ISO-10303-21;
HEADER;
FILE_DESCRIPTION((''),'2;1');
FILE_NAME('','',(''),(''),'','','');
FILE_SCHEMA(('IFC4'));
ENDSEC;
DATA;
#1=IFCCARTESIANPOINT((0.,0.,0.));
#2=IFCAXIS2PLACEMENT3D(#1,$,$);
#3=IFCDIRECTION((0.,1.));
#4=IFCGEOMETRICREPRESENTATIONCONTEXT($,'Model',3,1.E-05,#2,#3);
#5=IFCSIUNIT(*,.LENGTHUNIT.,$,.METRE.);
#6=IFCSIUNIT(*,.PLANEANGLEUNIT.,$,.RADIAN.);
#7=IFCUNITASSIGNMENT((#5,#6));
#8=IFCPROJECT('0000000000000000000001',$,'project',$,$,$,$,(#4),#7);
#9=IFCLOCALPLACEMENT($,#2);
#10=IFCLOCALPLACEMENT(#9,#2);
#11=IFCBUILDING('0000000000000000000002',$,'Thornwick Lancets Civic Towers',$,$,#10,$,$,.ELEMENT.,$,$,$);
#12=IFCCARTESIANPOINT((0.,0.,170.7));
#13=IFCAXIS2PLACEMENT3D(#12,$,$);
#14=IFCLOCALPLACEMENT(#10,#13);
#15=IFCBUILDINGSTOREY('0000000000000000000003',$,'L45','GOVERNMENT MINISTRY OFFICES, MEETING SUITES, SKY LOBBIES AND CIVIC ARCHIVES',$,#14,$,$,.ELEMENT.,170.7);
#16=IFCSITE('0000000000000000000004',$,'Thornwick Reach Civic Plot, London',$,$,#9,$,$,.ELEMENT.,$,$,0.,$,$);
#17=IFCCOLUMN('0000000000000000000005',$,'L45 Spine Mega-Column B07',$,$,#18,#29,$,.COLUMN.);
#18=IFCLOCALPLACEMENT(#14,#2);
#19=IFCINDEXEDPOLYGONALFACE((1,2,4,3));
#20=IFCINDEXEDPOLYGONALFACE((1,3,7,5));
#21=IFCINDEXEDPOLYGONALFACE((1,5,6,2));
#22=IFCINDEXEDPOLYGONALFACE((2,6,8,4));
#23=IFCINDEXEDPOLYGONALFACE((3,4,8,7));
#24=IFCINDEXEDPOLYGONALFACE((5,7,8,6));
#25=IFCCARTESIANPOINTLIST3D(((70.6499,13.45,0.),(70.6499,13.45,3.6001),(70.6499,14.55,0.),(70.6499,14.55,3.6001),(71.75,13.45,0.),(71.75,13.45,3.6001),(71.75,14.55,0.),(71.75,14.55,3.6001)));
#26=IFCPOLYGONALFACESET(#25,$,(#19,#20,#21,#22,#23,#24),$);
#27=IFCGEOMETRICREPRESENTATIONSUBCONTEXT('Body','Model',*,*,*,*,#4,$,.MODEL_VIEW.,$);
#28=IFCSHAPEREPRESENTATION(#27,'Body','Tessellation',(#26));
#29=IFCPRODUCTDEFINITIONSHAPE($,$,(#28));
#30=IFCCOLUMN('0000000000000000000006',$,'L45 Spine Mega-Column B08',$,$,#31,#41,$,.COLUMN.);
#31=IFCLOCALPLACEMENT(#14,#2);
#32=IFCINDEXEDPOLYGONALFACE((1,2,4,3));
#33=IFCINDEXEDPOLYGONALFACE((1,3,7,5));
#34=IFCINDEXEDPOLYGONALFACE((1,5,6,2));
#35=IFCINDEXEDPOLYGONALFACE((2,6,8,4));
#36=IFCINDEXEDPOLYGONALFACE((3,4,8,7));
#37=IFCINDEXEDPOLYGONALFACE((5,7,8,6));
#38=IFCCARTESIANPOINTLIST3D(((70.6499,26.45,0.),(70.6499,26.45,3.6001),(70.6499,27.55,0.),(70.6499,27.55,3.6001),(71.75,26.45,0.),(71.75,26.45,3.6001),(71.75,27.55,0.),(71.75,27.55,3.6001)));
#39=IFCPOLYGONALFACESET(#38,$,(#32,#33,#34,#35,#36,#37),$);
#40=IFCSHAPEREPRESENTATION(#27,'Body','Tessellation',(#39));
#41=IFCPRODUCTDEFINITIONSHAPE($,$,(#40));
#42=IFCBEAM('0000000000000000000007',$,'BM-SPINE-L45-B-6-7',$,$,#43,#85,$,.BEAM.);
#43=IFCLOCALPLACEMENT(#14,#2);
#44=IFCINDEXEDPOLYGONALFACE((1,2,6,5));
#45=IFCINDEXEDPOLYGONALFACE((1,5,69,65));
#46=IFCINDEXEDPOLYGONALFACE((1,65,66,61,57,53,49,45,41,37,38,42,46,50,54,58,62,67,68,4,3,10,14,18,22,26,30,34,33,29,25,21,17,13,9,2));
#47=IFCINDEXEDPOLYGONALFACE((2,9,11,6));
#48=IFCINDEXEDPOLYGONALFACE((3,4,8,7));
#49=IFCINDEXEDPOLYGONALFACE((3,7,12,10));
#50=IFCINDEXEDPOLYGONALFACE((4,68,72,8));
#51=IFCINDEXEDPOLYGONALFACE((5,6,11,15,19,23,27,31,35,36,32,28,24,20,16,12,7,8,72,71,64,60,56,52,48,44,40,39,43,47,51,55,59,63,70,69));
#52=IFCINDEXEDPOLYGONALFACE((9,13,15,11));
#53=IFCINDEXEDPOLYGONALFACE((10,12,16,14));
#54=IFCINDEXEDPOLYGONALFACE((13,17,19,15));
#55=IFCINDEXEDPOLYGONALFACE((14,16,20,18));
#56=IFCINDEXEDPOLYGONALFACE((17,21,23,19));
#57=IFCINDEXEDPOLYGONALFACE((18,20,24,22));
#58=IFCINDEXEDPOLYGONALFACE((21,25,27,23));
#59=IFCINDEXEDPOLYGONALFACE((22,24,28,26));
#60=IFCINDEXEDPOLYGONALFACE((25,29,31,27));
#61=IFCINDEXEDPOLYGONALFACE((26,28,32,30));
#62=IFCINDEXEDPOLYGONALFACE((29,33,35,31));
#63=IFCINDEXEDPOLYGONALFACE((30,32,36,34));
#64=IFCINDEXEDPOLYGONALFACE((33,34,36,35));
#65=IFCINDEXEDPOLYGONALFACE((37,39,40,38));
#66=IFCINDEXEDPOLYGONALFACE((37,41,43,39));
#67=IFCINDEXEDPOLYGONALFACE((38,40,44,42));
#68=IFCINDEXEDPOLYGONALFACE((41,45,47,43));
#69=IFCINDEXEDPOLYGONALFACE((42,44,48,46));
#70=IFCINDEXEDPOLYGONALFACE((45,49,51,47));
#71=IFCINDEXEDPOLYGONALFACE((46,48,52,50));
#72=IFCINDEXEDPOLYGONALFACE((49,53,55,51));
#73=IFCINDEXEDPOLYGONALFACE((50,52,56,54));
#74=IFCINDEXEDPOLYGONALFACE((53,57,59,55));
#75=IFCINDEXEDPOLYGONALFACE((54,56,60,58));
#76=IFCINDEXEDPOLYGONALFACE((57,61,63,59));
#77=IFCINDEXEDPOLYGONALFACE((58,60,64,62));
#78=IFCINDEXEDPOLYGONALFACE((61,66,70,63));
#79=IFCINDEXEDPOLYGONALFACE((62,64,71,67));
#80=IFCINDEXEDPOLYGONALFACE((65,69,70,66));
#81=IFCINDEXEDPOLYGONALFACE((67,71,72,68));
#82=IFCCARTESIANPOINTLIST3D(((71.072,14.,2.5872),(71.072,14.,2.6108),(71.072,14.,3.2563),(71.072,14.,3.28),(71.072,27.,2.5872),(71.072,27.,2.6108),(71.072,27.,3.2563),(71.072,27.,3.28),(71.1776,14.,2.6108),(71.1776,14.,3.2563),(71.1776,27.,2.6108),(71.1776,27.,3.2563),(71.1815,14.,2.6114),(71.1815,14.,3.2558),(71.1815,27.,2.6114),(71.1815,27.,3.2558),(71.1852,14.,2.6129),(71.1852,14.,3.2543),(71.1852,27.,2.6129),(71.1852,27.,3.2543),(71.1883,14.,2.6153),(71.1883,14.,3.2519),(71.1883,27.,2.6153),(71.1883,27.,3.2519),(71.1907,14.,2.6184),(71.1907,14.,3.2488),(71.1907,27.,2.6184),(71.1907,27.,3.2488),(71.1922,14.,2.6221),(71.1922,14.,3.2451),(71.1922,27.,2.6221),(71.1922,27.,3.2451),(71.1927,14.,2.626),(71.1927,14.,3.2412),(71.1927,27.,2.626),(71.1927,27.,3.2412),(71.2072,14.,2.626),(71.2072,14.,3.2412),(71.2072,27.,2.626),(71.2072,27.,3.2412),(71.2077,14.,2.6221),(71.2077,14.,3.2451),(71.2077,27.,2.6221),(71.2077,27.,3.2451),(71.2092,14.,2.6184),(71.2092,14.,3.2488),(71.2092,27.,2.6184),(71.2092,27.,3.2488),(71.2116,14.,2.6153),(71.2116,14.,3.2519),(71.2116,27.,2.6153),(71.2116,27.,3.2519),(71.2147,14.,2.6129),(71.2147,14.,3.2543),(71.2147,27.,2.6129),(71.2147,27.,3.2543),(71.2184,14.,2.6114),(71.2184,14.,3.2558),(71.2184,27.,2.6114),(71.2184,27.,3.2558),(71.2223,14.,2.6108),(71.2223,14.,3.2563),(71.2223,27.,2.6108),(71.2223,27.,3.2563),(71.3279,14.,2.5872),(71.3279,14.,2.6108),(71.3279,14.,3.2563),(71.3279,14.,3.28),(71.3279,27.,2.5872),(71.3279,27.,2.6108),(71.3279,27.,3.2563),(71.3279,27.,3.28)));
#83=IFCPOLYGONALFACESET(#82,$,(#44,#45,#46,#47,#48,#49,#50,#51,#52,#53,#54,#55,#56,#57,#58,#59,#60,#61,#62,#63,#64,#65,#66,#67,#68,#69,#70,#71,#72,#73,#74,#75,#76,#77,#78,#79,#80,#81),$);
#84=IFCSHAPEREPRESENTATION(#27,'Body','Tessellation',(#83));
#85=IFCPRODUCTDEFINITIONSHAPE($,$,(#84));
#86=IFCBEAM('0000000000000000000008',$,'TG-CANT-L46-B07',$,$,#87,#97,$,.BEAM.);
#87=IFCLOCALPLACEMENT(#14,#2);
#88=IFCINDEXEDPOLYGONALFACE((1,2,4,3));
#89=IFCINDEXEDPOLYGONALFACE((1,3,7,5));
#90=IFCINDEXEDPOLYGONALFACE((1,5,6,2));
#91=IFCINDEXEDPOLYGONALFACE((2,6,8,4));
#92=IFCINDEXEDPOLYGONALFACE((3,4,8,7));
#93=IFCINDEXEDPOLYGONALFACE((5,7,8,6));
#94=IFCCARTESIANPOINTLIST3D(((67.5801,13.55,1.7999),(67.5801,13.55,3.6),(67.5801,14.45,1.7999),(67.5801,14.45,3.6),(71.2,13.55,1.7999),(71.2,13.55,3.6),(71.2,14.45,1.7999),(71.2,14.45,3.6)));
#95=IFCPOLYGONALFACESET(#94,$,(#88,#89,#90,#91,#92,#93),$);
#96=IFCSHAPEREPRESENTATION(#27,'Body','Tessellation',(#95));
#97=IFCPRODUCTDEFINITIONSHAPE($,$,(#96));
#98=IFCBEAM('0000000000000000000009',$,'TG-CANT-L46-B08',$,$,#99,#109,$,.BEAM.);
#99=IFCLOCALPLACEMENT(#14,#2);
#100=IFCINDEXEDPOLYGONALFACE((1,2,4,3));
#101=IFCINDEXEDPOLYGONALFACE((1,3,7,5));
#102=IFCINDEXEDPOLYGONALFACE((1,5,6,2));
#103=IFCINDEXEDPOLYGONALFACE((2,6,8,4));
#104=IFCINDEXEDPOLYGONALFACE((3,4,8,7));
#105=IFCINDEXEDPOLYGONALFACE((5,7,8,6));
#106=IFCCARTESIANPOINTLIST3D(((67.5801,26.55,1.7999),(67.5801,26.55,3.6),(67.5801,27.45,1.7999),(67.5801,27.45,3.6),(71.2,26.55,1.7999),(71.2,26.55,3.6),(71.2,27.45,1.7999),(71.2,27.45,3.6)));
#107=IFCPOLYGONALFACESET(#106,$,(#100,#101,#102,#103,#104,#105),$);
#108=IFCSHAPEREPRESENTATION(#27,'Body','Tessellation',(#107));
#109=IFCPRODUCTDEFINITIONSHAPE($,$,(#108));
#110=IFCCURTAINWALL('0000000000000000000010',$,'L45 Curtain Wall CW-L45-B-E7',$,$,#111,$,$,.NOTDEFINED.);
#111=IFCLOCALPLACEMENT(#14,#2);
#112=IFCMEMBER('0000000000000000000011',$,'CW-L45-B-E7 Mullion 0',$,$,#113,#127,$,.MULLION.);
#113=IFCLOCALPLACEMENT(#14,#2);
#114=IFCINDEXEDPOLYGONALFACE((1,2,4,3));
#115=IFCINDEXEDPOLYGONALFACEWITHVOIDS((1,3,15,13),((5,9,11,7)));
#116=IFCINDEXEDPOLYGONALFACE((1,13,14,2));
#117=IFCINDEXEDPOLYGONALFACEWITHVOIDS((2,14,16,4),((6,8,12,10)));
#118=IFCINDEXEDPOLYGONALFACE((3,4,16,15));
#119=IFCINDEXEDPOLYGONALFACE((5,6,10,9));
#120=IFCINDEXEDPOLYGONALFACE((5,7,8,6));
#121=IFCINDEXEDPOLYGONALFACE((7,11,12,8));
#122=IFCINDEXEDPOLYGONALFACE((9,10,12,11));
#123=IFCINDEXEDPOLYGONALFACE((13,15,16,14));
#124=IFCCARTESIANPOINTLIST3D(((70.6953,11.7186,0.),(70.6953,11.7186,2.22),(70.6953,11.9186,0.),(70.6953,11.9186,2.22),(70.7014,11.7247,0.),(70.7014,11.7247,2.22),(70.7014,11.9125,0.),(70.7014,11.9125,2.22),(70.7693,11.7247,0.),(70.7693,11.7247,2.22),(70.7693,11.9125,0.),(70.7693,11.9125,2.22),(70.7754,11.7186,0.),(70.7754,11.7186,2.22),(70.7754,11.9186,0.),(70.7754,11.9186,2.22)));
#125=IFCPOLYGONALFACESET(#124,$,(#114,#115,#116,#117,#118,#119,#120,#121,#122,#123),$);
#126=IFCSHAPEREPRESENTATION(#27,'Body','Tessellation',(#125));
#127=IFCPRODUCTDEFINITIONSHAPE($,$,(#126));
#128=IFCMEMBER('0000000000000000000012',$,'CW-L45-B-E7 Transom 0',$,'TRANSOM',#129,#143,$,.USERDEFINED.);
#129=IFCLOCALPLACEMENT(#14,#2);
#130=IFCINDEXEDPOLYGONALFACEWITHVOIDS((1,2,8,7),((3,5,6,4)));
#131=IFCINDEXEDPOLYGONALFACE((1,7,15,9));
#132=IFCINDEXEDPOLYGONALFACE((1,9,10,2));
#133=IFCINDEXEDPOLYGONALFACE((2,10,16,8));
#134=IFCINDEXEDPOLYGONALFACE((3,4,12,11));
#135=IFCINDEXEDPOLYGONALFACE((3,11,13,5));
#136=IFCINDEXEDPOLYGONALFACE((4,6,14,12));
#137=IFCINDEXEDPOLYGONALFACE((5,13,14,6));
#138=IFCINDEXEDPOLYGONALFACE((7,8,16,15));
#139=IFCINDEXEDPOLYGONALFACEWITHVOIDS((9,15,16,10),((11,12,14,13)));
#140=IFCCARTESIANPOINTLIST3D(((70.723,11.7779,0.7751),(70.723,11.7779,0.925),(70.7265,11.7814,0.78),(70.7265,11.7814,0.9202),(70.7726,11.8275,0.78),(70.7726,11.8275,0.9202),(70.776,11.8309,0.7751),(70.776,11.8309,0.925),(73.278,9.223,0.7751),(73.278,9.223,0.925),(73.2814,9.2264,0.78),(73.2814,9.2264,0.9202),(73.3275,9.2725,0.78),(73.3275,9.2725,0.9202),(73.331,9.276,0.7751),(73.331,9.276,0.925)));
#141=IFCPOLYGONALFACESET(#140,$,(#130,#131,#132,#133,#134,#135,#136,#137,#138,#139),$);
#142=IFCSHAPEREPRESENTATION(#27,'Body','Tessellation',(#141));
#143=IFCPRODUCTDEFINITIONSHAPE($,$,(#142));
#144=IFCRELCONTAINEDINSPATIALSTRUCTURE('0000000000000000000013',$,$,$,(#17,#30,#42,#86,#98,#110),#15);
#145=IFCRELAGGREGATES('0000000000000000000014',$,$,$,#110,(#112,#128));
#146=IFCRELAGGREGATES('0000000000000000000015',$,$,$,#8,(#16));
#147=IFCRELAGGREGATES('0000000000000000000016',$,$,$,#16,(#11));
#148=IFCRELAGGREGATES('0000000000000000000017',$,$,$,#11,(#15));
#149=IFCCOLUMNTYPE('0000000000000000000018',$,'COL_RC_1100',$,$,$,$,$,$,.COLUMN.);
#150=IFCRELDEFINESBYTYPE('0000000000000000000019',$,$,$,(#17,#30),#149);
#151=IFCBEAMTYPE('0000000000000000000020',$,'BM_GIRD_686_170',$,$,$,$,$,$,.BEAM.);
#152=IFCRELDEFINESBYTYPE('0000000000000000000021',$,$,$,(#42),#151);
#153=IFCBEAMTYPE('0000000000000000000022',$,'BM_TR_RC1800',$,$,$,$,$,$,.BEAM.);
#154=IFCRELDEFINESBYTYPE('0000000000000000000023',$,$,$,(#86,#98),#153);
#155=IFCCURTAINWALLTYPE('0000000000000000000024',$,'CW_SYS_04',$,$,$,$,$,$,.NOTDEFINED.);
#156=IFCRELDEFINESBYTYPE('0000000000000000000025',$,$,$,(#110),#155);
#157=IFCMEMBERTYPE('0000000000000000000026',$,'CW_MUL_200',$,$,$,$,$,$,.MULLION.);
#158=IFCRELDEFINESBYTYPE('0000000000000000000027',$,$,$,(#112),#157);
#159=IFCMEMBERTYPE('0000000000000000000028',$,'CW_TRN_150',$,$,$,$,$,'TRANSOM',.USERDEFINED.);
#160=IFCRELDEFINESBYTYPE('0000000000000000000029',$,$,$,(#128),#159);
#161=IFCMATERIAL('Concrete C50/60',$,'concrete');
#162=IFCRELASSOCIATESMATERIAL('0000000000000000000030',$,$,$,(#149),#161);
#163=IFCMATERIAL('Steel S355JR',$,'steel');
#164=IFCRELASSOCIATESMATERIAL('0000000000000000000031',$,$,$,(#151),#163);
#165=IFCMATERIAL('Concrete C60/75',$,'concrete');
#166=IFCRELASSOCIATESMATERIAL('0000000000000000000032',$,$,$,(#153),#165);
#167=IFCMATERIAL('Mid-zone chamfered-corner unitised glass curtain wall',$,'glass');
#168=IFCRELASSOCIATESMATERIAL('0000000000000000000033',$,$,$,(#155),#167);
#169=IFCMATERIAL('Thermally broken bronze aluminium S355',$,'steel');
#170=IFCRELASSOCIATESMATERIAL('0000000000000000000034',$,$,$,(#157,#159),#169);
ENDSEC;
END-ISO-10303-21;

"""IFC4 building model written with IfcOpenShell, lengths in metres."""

from ifc_helpers import new_model, si_unit, direction, frame, origin, origin_2d, place, context, subcontext, project, spatial, rectangle, hollow_rectangle, i_section, extrude, material, material_profile, profile_set, type_object, element, aggregate, save


model = new_model("IFC4")

# Units and contexts
model_context = context("Model", 3, precision=1e-05, world=origin(), true_north=direction((0.0, 1.0)))
body_context = subcontext(model_context, "Body", "Model", "MODEL_VIEW")
ifc_project = project(units=[si_unit("LENGTHUNIT", "METRE"), si_unit("PLANEANGLEUNIT", "RADIAN")], contexts=[model_context])

# Site, building, storey
site_placement = place(None, origin())
site = spatial("IfcSite", under=ifc_project, at=site_placement, Name="Thornwick Reach Civic Plot, London", CompositionType="ELEMENT", RefElevation=0.0)
building_placement = place(site_placement, origin())
building = spatial("IfcBuilding", under=site, at=building_placement, Name="Thornwick Lancets Civic Towers", CompositionType="ELEMENT")
storey_placement = place(building_placement, frame((0.0, 0.0, 170.7)))
storey = spatial("IfcBuildingStorey", under=building, at=storey_placement, Name="L45", Description="GOVERNMENT MINISTRY OFFICES, MEETING SUITES, SKY LOBBIES AND CIVIC ARCHIVES", CompositionType="ELEMENT", Elevation=170.7)

# Columns
ifc_material_1 = material(Name="Concrete C50/60", Category="concrete")
ifc_material_profile_1 = material_profile(ifc_material_1, rectangle(XDim=1.1001, YDim=1.1001, at=origin_2d()), Name="RC 1100x1100")
ifc_profile_set_1 = profile_set([ifc_material_profile_1], Name="Concrete C50/60")
column_type = type_object("IfcColumnType", Name="COL_RC_1100", PredefinedType="COLUMN", material=ifc_profile_set_1)
for number, where, z_axis, x_axis, name in (
    (1, (71.2, 14.0, 0.0), (0.0, 0.0, 1.0), (1.0, 0.0, 0.0), "L45 Spine Mega-Column B07"),
    (2, (71.2, 27.0, 0.0), (0.0, 0.0, 1.0), (1.0, 0.0, 0.0), "L45 Spine Mega-Column B08"),
):
    element("IfcColumn", number, at=place(storey_placement, frame(where, z_axis=z_axis, x_axis=x_axis)), inside=storey, type_object=column_type, Name=name, PredefinedType="COLUMN", context=body_context, shape_type="SweptSolid", body=[
        extrude(rectangle(XDim=1.1001, YDim=1.1001, at=origin_2d()), origin(), (0.0, 0.0, 1.0), 3.6001),
    ])

# Beams
ifc_material_2 = material(Name="Steel S355JR", Category="steel")
ifc_material_profile_2 = material_profile(ifc_material_2, i_section(OverallWidth=0.2559, OverallDepth=0.6929, WebThickness=0.0144, FlangeThickness=0.0237, FilletRadius=0.0151, at=origin_2d()), Name="UKB 686x254x170")
ifc_profile_set_2 = profile_set([ifc_material_profile_2], Name="Steel S355JR")
beam_type_1 = type_object("IfcBeamType", Name="BM_GIRD_686_170", PredefinedType="BEAM", material=ifc_profile_set_2)
beam_placement = place(storey_placement, frame((71.2, 14.0, 2.9336), z_axis=(0.0, 1.0, 0.0), x_axis=(-1.0, 0.0, 0.0)))
element("IfcBeam", 3, at=beam_placement, inside=storey, type_object=beam_type_1, Name="BM-SPINE-L45-B-6-7", PredefinedType="BEAM", context=body_context, shape_type="SweptSolid", body=[
    extrude(i_section(OverallWidth=0.2559, OverallDepth=0.6929, WebThickness=0.0144, FlangeThickness=0.0237, FilletRadius=0.0151, at=origin_2d()), origin(), (0.0, 0.0, 1.0), 13.0),
])
ifc_material_3 = material(Name="Concrete C60/75", Category="concrete")
ifc_material_profile_3 = material_profile(ifc_material_3, rectangle(XDim=0.8999, YDim=1.8, at=origin_2d()), Name="RC 900x1800")
ifc_profile_set_3 = profile_set([ifc_material_profile_3], Name="Concrete C60/75")
beam_type_2 = type_object("IfcBeamType", Name="BM_TR_RC1800", PredefinedType="BEAM", material=ifc_profile_set_3)
for number, where, z_axis, x_axis, name in (
    (4, (71.2, 14.0, 2.7), (-1.0, 0.0, 0.0), (0.0, -1.0, 0.0), "TG-CANT-L46-B07"),
    (5, (71.2, 27.0, 2.7), (-1.0, 0.0, 0.0), (0.0, -1.0, 0.0), "TG-CANT-L46-B08"),
):
    element("IfcBeam", number, at=place(storey_placement, frame(where, z_axis=z_axis, x_axis=x_axis)), inside=storey, type_object=beam_type_2, Name=name, PredefinedType="BEAM", context=body_context, shape_type="SweptSolid", body=[
        extrude(rectangle(XDim=0.8999, YDim=1.8, at=origin_2d()), origin(), (0.0, 0.0, 1.0), 3.6199),
    ])

# Curtain wall, members
ifc_material_4 = material(Name="Mid-zone chamfered-corner unitised glass curtain wall", Category="glass")
curtain_wall_type = type_object("IfcCurtainWallType", Name="CW_SYS_04", PredefinedType="NOTDEFINED", material=ifc_material_4)
curtain_wall_placement = place(storey_placement, origin())
curtain_wall = element("IfcCurtainWall", 6, at=curtain_wall_placement, inside=storey, type_object=curtain_wall_type, Name="L45 Curtain Wall CW-L45-B-E7", PredefinedType="NOTDEFINED")
ifc_material_5 = material(Name="Thermally broken bronze aluminium S355", Category="steel")
ifc_material_profile_4 = material_profile(ifc_material_5, hollow_rectangle(XDim=0.0801, YDim=0.2, WallThickness=0.0061, at=origin_2d()), Name="RHS 200x80x6")
ifc_profile_set_4 = profile_set([ifc_material_profile_4], Name="Thermally broken bronze aluminium S355")
member_type_1 = type_object("IfcMemberType", Name="CW_MUL_200", PredefinedType="MULLION", material=ifc_profile_set_4)
member_1_placement = place(storey_placement, frame((70.7354, 11.8186, 0.0), z_axis=(0.0, 0.0, 1.0), x_axis=(1.0, 0.0, 0.0)))
member_1 = element("IfcMember", 7, at=member_1_placement, type_object=member_type_1, Name="CW-L45-B-E7 Mullion 0", PredefinedType="MULLION", context=body_context, shape_type="SweptSolid", body=[
    extrude(hollow_rectangle(XDim=0.0801, YDim=0.2, WallThickness=0.0061, at=origin_2d()), origin(), (0.0, 0.0, 1.0), 2.22),
])
ifc_material_profile_5 = material_profile(ifc_material_5, hollow_rectangle(XDim=0.075, YDim=0.1499, WallThickness=0.0049, at=origin_2d()), Name="RHS 150x75x5")
ifc_profile_set_5 = profile_set([ifc_material_profile_5], Name="Thermally broken bronze aluminium S355")
member_type_2 = type_object("IfcMemberType", Name="CW_TRN_150", ElementType="TRANSOM", PredefinedType="USERDEFINED", material=ifc_profile_set_5)
member_2_placement = place(storey_placement, frame((70.7495, 11.8044, 0.8501), z_axis=(0.707107, -0.707107, 0.0), x_axis=(0.707107, 0.707107, 0.0)))
member_2 = element("IfcMember", 8, at=member_2_placement, type_object=member_type_2, Name="CW-L45-B-E7 Transom 0", ObjectType="TRANSOM", PredefinedType="USERDEFINED", context=body_context, shape_type="SweptSolid", body=[
    extrude(hollow_rectangle(XDim=0.075, YDim=0.1499, WallThickness=0.0049, at=origin_2d()), origin(), (0.0, 0.0, 1.0), 3.6133),
])

aggregate(curtain_wall, [member_1, member_2])

save(model, "model.ifc")
